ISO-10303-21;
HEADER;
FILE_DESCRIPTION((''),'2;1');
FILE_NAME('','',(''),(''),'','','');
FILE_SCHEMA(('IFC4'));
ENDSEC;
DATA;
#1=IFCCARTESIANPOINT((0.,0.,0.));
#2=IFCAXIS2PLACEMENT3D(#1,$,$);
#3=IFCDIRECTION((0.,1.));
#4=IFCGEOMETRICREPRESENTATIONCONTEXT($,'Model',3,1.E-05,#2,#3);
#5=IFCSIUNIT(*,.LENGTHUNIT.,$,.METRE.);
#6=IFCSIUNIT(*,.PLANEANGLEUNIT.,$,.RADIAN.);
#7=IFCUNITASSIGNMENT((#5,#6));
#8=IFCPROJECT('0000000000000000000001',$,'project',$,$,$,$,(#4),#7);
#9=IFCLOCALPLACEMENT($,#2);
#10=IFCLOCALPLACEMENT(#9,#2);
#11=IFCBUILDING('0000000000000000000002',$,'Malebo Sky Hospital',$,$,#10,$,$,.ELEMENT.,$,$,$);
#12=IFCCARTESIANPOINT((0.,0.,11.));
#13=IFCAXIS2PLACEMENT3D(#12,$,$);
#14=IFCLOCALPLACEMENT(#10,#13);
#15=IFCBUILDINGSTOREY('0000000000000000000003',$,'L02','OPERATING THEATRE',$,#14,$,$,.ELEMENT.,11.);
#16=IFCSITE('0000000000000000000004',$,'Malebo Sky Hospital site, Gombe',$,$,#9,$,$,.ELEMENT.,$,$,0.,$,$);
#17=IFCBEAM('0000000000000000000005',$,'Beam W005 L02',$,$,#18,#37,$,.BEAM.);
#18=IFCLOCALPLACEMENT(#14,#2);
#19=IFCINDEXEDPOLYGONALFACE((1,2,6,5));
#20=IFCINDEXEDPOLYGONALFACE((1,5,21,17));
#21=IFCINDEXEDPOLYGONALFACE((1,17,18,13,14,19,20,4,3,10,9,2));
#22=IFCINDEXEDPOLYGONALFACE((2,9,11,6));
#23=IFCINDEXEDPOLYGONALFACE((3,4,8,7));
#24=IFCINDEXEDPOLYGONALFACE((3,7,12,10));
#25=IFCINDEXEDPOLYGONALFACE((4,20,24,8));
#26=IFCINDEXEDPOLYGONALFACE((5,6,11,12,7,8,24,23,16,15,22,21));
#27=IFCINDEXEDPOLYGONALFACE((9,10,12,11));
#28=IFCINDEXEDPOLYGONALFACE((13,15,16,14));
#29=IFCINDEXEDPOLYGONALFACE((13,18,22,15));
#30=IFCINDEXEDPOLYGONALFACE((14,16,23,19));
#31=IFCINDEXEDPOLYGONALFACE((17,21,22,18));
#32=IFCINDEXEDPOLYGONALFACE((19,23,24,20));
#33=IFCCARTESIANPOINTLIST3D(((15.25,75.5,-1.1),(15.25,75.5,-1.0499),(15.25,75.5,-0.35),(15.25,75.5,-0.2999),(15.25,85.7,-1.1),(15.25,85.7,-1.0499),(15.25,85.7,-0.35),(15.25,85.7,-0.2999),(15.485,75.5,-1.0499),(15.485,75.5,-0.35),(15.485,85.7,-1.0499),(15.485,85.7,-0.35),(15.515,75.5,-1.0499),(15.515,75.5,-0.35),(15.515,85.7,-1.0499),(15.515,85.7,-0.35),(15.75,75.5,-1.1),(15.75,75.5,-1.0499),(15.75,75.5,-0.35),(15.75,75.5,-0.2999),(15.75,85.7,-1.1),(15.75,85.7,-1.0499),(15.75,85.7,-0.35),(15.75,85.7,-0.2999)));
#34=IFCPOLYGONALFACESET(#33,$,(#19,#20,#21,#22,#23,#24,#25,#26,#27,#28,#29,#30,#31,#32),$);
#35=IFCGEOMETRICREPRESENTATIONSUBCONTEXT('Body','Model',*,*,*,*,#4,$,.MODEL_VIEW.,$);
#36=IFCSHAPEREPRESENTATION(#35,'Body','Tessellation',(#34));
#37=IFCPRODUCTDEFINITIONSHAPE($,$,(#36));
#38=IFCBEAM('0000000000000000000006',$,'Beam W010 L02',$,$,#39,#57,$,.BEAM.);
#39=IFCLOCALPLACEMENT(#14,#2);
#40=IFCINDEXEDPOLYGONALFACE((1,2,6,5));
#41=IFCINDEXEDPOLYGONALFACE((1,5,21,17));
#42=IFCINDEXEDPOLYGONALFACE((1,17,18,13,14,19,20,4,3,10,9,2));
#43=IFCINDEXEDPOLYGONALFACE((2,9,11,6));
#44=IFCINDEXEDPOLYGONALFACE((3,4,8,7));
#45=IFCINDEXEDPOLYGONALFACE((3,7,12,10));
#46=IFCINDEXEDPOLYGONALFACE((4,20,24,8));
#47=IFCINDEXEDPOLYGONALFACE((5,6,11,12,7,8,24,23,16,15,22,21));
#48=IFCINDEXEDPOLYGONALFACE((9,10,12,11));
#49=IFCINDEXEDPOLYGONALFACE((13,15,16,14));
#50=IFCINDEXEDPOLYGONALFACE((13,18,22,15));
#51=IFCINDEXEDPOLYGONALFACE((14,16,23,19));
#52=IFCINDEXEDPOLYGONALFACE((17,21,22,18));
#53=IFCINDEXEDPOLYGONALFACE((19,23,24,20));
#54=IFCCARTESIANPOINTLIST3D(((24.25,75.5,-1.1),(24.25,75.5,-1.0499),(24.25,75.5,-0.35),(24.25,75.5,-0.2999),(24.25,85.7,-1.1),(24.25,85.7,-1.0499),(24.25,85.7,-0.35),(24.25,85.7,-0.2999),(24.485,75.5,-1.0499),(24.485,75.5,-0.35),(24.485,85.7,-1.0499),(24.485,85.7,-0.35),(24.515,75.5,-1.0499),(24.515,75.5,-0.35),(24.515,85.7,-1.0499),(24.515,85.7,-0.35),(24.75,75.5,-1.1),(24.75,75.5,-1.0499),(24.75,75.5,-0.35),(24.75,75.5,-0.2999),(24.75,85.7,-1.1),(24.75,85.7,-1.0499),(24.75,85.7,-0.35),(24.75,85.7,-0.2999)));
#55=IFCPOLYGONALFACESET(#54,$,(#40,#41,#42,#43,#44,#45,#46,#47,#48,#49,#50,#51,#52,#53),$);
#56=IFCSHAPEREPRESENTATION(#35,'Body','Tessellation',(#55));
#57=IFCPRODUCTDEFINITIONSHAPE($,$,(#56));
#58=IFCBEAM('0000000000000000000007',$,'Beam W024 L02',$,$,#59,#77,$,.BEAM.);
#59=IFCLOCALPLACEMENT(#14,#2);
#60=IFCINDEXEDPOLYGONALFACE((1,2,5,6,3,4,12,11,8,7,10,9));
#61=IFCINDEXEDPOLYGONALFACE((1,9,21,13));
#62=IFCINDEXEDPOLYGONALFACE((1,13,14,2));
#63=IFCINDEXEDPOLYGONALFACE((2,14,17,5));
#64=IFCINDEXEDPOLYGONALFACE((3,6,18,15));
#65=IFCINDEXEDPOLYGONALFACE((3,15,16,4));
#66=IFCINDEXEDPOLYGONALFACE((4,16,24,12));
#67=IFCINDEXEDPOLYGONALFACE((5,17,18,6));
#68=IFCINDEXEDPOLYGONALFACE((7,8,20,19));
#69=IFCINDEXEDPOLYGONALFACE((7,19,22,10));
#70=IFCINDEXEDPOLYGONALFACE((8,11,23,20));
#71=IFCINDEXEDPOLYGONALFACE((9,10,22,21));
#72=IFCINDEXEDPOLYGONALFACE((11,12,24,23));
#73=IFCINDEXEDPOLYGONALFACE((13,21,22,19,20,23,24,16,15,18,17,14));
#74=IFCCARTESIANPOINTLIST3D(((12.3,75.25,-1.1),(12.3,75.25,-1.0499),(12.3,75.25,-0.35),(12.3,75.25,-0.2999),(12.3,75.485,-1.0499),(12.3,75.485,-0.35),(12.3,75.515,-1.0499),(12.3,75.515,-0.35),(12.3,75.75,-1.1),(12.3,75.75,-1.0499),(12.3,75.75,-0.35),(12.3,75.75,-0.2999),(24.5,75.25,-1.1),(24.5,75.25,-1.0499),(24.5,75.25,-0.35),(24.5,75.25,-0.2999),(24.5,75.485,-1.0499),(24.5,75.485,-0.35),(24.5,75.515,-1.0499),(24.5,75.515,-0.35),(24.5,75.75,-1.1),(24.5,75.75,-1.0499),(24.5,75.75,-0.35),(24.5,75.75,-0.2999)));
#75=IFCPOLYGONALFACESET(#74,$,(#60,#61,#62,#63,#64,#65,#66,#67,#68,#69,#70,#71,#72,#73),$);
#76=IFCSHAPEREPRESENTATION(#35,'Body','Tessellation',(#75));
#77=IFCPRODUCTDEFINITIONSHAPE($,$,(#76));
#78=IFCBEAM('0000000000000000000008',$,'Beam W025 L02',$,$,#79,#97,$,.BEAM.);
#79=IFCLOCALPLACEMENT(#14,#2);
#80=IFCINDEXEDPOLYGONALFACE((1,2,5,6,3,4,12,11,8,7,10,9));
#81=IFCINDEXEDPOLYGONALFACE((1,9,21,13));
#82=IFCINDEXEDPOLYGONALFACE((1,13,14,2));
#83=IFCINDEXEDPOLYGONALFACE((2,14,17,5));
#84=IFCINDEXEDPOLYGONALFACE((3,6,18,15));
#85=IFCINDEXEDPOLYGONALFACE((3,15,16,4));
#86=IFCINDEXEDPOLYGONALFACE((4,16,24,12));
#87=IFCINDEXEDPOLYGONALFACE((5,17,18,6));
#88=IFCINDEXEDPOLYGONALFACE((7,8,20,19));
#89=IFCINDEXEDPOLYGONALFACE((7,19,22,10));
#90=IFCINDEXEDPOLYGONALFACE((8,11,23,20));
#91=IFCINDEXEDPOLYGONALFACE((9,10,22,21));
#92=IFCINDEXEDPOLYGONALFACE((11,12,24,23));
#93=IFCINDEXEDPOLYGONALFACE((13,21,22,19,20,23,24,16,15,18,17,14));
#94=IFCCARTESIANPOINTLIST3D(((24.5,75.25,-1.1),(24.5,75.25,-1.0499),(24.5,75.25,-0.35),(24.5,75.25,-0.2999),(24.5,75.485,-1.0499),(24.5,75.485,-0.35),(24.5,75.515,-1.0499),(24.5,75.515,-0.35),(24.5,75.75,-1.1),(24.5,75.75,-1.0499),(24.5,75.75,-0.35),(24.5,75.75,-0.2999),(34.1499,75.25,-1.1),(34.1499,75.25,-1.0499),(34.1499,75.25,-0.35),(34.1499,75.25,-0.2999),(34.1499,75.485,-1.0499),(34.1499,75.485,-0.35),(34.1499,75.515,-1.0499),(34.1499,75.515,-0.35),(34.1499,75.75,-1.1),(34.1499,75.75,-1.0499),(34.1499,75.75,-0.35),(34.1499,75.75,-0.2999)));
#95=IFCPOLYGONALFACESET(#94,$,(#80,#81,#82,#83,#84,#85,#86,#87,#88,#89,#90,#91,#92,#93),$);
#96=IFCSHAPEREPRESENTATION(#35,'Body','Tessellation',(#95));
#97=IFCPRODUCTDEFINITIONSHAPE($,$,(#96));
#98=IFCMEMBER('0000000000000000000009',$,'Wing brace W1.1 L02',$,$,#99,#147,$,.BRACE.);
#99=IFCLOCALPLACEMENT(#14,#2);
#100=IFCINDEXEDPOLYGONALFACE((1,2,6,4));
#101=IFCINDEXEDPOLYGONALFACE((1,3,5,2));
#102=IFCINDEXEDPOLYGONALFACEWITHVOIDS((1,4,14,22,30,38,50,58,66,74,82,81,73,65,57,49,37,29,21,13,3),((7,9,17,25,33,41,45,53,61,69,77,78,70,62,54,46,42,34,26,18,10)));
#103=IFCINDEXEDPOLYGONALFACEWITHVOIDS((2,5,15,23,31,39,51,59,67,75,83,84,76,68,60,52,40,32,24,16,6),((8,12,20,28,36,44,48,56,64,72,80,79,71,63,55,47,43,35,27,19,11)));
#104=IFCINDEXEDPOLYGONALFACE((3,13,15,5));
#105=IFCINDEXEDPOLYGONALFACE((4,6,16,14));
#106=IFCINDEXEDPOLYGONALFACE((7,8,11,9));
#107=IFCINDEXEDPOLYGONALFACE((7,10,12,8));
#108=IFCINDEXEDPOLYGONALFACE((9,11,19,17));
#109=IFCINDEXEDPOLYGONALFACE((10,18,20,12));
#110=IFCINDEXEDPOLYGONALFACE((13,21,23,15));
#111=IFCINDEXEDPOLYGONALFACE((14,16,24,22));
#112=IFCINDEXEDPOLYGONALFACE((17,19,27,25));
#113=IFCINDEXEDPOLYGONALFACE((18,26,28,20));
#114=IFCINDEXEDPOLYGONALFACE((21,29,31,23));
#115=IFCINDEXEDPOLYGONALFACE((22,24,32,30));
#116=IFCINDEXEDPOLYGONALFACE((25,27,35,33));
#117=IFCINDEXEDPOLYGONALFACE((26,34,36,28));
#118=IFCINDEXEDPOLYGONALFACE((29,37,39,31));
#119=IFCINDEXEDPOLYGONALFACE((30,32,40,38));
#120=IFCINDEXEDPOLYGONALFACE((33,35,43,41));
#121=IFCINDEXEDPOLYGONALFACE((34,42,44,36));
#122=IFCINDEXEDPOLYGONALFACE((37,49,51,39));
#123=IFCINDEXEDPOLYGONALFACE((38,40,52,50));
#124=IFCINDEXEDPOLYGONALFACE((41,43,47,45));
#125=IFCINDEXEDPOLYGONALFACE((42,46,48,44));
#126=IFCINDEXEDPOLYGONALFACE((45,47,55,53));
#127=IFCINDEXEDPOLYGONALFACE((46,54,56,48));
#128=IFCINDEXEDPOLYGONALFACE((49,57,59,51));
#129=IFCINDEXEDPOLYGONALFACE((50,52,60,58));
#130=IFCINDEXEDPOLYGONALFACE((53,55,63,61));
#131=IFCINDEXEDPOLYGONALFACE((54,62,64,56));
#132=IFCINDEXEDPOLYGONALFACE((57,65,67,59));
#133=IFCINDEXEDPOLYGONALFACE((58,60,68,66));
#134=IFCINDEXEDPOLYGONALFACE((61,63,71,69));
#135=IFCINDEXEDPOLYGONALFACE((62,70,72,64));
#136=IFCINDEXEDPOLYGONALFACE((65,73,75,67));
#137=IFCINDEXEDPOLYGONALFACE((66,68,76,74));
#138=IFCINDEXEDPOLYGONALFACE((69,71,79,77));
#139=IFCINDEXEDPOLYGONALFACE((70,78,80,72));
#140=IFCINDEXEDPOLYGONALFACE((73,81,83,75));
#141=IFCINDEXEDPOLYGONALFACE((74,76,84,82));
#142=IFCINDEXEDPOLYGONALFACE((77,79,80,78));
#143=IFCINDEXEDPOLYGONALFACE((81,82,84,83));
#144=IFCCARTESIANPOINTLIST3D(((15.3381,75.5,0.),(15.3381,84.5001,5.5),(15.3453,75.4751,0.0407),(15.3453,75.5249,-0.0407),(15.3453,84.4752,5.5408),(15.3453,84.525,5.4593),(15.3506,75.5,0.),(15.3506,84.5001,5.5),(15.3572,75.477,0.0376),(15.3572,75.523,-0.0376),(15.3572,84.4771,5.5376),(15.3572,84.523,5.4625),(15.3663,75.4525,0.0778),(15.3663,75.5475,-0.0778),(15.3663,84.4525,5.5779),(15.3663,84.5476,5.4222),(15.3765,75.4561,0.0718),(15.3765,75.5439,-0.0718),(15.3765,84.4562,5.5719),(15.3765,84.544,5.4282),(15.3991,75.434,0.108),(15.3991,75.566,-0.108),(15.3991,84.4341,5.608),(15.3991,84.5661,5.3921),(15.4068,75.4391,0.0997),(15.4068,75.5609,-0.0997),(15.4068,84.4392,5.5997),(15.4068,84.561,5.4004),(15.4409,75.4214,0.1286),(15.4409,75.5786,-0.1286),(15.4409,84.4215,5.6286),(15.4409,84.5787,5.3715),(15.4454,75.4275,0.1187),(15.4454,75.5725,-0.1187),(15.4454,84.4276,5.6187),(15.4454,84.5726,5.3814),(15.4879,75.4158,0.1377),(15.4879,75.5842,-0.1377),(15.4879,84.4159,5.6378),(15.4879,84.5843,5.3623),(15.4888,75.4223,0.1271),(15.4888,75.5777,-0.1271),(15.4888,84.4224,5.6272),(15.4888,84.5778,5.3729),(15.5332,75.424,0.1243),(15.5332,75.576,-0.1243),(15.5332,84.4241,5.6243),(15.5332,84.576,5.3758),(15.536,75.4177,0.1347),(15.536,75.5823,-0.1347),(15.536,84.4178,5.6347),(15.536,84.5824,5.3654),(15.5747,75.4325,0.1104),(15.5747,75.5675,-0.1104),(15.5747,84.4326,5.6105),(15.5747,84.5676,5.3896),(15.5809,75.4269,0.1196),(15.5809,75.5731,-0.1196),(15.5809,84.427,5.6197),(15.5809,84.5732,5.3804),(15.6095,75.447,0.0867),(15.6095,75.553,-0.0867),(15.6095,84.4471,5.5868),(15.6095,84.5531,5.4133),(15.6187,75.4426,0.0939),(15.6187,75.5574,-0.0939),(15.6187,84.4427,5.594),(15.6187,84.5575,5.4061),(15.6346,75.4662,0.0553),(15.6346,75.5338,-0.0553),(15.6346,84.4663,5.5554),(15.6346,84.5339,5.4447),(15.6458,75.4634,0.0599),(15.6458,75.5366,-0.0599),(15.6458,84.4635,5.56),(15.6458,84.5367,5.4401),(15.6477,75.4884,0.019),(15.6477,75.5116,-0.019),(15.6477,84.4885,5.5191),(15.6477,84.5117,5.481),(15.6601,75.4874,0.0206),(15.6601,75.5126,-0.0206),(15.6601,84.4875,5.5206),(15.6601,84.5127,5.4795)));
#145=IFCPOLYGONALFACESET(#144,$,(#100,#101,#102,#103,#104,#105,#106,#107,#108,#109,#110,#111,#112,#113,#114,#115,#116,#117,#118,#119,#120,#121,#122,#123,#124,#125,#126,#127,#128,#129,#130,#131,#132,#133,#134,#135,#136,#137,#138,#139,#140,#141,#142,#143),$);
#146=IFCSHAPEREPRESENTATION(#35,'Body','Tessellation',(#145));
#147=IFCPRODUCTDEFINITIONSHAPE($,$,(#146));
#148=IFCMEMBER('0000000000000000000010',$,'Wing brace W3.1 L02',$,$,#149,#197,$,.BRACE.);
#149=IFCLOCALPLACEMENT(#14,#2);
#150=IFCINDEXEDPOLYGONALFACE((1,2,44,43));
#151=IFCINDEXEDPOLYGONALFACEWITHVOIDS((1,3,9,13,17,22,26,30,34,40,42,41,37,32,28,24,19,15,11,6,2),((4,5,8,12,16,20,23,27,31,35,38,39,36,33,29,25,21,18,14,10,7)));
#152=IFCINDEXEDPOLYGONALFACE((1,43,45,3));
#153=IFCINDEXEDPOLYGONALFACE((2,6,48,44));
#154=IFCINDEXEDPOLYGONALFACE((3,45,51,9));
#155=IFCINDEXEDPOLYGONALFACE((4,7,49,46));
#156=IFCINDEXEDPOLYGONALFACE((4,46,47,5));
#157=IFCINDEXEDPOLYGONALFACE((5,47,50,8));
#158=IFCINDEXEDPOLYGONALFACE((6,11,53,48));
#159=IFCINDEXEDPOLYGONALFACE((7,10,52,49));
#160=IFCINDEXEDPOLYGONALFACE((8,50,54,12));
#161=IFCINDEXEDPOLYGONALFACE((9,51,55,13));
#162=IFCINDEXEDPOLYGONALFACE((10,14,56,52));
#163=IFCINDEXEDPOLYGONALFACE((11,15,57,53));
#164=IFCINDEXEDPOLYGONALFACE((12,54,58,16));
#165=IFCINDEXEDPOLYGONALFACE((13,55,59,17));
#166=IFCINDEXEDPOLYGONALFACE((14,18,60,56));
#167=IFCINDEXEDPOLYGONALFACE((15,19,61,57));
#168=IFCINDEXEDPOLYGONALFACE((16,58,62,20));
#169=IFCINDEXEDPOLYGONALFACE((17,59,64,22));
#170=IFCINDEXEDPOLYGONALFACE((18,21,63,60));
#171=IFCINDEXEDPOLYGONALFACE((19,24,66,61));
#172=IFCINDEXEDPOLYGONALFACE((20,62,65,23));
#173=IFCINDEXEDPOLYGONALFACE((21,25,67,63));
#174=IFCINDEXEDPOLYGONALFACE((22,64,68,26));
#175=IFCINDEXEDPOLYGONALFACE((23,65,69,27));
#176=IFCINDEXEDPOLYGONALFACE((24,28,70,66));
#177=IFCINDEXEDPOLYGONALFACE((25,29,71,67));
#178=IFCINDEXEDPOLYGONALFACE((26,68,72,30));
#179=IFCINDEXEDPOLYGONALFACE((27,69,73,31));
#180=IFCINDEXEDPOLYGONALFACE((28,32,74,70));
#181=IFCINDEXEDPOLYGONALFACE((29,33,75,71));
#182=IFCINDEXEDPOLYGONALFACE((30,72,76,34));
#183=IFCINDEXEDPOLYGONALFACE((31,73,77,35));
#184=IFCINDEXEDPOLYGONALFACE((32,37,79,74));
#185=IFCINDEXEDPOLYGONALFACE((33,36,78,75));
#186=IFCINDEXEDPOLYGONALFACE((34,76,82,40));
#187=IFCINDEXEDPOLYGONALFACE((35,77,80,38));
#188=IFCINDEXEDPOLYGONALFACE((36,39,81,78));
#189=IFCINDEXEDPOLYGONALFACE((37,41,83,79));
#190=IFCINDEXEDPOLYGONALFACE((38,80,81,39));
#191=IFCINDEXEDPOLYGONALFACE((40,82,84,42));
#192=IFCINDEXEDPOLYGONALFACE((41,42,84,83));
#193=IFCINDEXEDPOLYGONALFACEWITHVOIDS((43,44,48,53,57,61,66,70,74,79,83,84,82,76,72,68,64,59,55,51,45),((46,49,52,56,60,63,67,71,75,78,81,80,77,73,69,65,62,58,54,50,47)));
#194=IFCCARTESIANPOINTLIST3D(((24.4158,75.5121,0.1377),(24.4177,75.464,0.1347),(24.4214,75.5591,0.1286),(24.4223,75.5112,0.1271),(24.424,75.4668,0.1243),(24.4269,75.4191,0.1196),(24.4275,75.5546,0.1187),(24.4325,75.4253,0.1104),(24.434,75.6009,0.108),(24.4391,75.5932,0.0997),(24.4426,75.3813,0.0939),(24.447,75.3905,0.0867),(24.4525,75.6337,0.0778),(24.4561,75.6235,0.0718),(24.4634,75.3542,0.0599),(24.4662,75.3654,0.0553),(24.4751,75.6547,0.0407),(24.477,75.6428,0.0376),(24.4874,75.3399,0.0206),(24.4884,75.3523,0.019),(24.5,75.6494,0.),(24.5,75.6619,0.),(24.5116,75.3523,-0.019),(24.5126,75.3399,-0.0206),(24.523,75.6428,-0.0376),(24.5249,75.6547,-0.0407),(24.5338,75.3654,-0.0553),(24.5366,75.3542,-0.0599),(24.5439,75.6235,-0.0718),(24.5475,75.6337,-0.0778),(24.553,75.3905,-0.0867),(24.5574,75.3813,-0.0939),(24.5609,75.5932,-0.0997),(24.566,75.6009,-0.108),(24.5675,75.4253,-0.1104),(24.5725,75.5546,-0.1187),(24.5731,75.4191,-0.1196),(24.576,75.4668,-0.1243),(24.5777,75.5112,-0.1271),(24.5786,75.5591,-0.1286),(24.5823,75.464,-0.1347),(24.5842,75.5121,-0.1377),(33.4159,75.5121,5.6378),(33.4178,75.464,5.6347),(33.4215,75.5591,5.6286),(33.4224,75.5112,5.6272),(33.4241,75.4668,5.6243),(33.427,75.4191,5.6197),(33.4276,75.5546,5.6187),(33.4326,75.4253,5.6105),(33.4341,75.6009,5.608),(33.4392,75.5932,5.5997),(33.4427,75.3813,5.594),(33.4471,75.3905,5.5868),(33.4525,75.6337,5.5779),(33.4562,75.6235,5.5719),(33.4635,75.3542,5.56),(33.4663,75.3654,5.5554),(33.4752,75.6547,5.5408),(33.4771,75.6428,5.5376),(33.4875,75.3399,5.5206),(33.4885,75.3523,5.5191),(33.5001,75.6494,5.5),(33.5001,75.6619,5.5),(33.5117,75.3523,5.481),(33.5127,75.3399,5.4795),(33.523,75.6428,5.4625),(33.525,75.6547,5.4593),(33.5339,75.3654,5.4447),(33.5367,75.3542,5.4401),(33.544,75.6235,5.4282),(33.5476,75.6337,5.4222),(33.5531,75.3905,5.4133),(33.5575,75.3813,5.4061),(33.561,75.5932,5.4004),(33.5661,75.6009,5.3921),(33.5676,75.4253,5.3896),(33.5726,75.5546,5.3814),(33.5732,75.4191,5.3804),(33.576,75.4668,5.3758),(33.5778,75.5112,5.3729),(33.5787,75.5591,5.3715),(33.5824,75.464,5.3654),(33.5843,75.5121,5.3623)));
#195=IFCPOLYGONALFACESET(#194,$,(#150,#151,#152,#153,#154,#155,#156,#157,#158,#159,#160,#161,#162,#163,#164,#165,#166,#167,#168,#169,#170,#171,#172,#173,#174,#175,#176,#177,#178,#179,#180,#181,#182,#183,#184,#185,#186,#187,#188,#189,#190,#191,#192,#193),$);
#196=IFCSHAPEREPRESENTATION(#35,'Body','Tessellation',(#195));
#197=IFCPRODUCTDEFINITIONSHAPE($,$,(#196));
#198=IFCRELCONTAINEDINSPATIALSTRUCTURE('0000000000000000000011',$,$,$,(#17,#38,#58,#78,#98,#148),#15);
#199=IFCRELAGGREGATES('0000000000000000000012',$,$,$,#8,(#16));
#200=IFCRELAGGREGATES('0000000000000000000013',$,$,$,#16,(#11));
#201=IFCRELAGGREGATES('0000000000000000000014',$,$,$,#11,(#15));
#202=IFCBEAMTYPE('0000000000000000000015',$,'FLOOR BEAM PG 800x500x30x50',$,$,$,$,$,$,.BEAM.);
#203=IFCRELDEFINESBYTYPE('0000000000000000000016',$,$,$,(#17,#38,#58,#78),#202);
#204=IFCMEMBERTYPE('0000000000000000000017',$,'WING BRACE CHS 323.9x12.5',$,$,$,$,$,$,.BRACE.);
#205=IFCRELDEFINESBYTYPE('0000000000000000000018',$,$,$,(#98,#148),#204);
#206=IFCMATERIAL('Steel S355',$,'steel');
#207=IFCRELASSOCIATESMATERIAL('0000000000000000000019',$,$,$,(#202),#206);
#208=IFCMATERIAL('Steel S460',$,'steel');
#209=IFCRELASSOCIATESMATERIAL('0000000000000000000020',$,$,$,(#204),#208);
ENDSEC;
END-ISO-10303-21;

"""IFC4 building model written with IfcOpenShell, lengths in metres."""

from ifc_helpers import new_model, si_unit, direction, frame, origin, origin_2d, place, context, subcontext, project, spatial, hollow_circle, i_section, extrude, material, material_profile, profile_set, type_object, element, save


model = new_model("IFC4")

# Units and contexts
model_context = context("Model", 3, precision=1e-05, world=origin(), true_north=direction((0.0, 1.0)))
body_context = subcontext(model_context, "Body", "Model", "MODEL_VIEW")
ifc_project = project(units=[si_unit("LENGTHUNIT", "METRE"), si_unit("PLANEANGLEUNIT", "RADIAN")], contexts=[model_context])

# Site, building, storey
site_placement = place(None, origin())
site = spatial("IfcSite", under=ifc_project, at=site_placement, Name="Malebo Sky Hospital site, Gombe", CompositionType="ELEMENT", RefElevation=0.0)
building_placement = place(site_placement, origin())
building = spatial("IfcBuilding", under=site, at=building_placement, Name="Malebo Sky Hospital", CompositionType="ELEMENT")
storey_placement = place(building_placement, frame((0.0, 0.0, 11.0)))
storey = spatial("IfcBuildingStorey", under=building, at=storey_placement, Name="L02", Description="OPERATING THEATRE", CompositionType="ELEMENT", Elevation=11.0)

# Shared definitions
ifc_material_1 = material(Name="Steel S355", Category="steel")

# Beams
ifc_material_profile_1 = material_profile(ifc_material_1, i_section(OverallWidth=0.5, OverallDepth=0.8, WebThickness=0.03, FlangeThickness=0.05, at=origin_2d()), Name="PG 800x500x30x50")
ifc_profile_set_1 = profile_set([ifc_material_profile_1], Name="Steel S355")
beam_type = type_object("IfcBeamType", Name="FLOOR BEAM PG 800x500x30x50", PredefinedType="BEAM", material=ifc_profile_set_1)
for number, where, z_axis, x_axis, name in (
    (1, (15.5, 75.5, -0.7), (0.0, 1.0, 0.0), (-1.0, 0.0, 0.0), "Beam W005 L02"),
    (2, (24.5, 75.5, -0.7), (0.0, 1.0, 0.0), (-1.0, 0.0, 0.0), "Beam W010 L02"),
):
    element("IfcBeam", number, at=place(storey_placement, frame(where, z_axis=z_axis, x_axis=x_axis)), inside=storey, type_object=beam_type, Name=name, PredefinedType="BEAM", context=body_context, shape_type="SweptSolid", body=[
        extrude(i_section(OverallWidth=0.5, OverallDepth=0.8, WebThickness=0.03, FlangeThickness=0.05, at=origin_2d()), origin(), (0.0, 0.0, 1.0), 10.2),
    ])
beam_1_placement = place(storey_placement, frame((12.3, 75.5, -0.7), z_axis=(1.0, 0.0, 0.0), x_axis=(0.0, 1.0, 0.0)))
element("IfcBeam", 3, at=beam_1_placement, inside=storey, type_object=beam_type, Name="Beam W024 L02", PredefinedType="BEAM", context=body_context, shape_type="SweptSolid", body=[
    extrude(i_section(OverallWidth=0.5, OverallDepth=0.8, WebThickness=0.03, FlangeThickness=0.05, at=origin_2d()), origin(), (0.0, 0.0, 1.0), 12.2),
])
beam_2_placement = place(storey_placement, frame((24.5, 75.5, -0.7), z_axis=(1.0, 0.0, 0.0), x_axis=(0.0, 1.0, 0.0)))
element("IfcBeam", 4, at=beam_2_placement, inside=storey, type_object=beam_type, Name="Beam W025 L02", PredefinedType="BEAM", context=body_context, shape_type="SweptSolid", body=[
    extrude(i_section(OverallWidth=0.5, OverallDepth=0.8, WebThickness=0.03, FlangeThickness=0.05, at=origin_2d()), origin(), (0.0, 0.0, 1.0), 9.6499),
])

# Members
ifc_material_2 = material(Name="Steel S460", Category="steel")
ifc_material_profile_2 = material_profile(ifc_material_2, hollow_circle(Radius=0.1619, WallThickness=0.0125, at=origin_2d()), Name="CHS 323.9x12.5")
ifc_profile_set_2 = profile_set([ifc_material_profile_2], Name="Steel S460")
member_type_1 = type_object("IfcMemberType", Name="WING BRACE CHS 323.9x12.5", PredefinedType="BRACE", material=ifc_profile_set_2)
for number, where, z_axis, x_axis, name in (
    (5, (15.5, 75.5, 0.0), (0.0, 0.853282, 0.52145), (-1.0, 0.0, 0.0), "Wing brace W1.1 L02"),
    (6, (24.5, 75.5, 0.0), (0.853282, 0.0, 0.52145), (0.0, 1.0, 0.0), "Wing brace W3.1 L02"),
):
    element("IfcMember", number, at=place(storey_placement, frame(where, z_axis=z_axis, x_axis=x_axis)), inside=storey, type_object=member_type_1, Name=name, PredefinedType="BRACE", context=body_context, shape_type="SweptSolid", body=[
        extrude(hollow_circle(Radius=0.1619, WallThickness=0.0125, at=origin_2d()), origin(), (0.0, 0.0, 1.0), 10.5476),
    ])

save(model, "model.ifc")
